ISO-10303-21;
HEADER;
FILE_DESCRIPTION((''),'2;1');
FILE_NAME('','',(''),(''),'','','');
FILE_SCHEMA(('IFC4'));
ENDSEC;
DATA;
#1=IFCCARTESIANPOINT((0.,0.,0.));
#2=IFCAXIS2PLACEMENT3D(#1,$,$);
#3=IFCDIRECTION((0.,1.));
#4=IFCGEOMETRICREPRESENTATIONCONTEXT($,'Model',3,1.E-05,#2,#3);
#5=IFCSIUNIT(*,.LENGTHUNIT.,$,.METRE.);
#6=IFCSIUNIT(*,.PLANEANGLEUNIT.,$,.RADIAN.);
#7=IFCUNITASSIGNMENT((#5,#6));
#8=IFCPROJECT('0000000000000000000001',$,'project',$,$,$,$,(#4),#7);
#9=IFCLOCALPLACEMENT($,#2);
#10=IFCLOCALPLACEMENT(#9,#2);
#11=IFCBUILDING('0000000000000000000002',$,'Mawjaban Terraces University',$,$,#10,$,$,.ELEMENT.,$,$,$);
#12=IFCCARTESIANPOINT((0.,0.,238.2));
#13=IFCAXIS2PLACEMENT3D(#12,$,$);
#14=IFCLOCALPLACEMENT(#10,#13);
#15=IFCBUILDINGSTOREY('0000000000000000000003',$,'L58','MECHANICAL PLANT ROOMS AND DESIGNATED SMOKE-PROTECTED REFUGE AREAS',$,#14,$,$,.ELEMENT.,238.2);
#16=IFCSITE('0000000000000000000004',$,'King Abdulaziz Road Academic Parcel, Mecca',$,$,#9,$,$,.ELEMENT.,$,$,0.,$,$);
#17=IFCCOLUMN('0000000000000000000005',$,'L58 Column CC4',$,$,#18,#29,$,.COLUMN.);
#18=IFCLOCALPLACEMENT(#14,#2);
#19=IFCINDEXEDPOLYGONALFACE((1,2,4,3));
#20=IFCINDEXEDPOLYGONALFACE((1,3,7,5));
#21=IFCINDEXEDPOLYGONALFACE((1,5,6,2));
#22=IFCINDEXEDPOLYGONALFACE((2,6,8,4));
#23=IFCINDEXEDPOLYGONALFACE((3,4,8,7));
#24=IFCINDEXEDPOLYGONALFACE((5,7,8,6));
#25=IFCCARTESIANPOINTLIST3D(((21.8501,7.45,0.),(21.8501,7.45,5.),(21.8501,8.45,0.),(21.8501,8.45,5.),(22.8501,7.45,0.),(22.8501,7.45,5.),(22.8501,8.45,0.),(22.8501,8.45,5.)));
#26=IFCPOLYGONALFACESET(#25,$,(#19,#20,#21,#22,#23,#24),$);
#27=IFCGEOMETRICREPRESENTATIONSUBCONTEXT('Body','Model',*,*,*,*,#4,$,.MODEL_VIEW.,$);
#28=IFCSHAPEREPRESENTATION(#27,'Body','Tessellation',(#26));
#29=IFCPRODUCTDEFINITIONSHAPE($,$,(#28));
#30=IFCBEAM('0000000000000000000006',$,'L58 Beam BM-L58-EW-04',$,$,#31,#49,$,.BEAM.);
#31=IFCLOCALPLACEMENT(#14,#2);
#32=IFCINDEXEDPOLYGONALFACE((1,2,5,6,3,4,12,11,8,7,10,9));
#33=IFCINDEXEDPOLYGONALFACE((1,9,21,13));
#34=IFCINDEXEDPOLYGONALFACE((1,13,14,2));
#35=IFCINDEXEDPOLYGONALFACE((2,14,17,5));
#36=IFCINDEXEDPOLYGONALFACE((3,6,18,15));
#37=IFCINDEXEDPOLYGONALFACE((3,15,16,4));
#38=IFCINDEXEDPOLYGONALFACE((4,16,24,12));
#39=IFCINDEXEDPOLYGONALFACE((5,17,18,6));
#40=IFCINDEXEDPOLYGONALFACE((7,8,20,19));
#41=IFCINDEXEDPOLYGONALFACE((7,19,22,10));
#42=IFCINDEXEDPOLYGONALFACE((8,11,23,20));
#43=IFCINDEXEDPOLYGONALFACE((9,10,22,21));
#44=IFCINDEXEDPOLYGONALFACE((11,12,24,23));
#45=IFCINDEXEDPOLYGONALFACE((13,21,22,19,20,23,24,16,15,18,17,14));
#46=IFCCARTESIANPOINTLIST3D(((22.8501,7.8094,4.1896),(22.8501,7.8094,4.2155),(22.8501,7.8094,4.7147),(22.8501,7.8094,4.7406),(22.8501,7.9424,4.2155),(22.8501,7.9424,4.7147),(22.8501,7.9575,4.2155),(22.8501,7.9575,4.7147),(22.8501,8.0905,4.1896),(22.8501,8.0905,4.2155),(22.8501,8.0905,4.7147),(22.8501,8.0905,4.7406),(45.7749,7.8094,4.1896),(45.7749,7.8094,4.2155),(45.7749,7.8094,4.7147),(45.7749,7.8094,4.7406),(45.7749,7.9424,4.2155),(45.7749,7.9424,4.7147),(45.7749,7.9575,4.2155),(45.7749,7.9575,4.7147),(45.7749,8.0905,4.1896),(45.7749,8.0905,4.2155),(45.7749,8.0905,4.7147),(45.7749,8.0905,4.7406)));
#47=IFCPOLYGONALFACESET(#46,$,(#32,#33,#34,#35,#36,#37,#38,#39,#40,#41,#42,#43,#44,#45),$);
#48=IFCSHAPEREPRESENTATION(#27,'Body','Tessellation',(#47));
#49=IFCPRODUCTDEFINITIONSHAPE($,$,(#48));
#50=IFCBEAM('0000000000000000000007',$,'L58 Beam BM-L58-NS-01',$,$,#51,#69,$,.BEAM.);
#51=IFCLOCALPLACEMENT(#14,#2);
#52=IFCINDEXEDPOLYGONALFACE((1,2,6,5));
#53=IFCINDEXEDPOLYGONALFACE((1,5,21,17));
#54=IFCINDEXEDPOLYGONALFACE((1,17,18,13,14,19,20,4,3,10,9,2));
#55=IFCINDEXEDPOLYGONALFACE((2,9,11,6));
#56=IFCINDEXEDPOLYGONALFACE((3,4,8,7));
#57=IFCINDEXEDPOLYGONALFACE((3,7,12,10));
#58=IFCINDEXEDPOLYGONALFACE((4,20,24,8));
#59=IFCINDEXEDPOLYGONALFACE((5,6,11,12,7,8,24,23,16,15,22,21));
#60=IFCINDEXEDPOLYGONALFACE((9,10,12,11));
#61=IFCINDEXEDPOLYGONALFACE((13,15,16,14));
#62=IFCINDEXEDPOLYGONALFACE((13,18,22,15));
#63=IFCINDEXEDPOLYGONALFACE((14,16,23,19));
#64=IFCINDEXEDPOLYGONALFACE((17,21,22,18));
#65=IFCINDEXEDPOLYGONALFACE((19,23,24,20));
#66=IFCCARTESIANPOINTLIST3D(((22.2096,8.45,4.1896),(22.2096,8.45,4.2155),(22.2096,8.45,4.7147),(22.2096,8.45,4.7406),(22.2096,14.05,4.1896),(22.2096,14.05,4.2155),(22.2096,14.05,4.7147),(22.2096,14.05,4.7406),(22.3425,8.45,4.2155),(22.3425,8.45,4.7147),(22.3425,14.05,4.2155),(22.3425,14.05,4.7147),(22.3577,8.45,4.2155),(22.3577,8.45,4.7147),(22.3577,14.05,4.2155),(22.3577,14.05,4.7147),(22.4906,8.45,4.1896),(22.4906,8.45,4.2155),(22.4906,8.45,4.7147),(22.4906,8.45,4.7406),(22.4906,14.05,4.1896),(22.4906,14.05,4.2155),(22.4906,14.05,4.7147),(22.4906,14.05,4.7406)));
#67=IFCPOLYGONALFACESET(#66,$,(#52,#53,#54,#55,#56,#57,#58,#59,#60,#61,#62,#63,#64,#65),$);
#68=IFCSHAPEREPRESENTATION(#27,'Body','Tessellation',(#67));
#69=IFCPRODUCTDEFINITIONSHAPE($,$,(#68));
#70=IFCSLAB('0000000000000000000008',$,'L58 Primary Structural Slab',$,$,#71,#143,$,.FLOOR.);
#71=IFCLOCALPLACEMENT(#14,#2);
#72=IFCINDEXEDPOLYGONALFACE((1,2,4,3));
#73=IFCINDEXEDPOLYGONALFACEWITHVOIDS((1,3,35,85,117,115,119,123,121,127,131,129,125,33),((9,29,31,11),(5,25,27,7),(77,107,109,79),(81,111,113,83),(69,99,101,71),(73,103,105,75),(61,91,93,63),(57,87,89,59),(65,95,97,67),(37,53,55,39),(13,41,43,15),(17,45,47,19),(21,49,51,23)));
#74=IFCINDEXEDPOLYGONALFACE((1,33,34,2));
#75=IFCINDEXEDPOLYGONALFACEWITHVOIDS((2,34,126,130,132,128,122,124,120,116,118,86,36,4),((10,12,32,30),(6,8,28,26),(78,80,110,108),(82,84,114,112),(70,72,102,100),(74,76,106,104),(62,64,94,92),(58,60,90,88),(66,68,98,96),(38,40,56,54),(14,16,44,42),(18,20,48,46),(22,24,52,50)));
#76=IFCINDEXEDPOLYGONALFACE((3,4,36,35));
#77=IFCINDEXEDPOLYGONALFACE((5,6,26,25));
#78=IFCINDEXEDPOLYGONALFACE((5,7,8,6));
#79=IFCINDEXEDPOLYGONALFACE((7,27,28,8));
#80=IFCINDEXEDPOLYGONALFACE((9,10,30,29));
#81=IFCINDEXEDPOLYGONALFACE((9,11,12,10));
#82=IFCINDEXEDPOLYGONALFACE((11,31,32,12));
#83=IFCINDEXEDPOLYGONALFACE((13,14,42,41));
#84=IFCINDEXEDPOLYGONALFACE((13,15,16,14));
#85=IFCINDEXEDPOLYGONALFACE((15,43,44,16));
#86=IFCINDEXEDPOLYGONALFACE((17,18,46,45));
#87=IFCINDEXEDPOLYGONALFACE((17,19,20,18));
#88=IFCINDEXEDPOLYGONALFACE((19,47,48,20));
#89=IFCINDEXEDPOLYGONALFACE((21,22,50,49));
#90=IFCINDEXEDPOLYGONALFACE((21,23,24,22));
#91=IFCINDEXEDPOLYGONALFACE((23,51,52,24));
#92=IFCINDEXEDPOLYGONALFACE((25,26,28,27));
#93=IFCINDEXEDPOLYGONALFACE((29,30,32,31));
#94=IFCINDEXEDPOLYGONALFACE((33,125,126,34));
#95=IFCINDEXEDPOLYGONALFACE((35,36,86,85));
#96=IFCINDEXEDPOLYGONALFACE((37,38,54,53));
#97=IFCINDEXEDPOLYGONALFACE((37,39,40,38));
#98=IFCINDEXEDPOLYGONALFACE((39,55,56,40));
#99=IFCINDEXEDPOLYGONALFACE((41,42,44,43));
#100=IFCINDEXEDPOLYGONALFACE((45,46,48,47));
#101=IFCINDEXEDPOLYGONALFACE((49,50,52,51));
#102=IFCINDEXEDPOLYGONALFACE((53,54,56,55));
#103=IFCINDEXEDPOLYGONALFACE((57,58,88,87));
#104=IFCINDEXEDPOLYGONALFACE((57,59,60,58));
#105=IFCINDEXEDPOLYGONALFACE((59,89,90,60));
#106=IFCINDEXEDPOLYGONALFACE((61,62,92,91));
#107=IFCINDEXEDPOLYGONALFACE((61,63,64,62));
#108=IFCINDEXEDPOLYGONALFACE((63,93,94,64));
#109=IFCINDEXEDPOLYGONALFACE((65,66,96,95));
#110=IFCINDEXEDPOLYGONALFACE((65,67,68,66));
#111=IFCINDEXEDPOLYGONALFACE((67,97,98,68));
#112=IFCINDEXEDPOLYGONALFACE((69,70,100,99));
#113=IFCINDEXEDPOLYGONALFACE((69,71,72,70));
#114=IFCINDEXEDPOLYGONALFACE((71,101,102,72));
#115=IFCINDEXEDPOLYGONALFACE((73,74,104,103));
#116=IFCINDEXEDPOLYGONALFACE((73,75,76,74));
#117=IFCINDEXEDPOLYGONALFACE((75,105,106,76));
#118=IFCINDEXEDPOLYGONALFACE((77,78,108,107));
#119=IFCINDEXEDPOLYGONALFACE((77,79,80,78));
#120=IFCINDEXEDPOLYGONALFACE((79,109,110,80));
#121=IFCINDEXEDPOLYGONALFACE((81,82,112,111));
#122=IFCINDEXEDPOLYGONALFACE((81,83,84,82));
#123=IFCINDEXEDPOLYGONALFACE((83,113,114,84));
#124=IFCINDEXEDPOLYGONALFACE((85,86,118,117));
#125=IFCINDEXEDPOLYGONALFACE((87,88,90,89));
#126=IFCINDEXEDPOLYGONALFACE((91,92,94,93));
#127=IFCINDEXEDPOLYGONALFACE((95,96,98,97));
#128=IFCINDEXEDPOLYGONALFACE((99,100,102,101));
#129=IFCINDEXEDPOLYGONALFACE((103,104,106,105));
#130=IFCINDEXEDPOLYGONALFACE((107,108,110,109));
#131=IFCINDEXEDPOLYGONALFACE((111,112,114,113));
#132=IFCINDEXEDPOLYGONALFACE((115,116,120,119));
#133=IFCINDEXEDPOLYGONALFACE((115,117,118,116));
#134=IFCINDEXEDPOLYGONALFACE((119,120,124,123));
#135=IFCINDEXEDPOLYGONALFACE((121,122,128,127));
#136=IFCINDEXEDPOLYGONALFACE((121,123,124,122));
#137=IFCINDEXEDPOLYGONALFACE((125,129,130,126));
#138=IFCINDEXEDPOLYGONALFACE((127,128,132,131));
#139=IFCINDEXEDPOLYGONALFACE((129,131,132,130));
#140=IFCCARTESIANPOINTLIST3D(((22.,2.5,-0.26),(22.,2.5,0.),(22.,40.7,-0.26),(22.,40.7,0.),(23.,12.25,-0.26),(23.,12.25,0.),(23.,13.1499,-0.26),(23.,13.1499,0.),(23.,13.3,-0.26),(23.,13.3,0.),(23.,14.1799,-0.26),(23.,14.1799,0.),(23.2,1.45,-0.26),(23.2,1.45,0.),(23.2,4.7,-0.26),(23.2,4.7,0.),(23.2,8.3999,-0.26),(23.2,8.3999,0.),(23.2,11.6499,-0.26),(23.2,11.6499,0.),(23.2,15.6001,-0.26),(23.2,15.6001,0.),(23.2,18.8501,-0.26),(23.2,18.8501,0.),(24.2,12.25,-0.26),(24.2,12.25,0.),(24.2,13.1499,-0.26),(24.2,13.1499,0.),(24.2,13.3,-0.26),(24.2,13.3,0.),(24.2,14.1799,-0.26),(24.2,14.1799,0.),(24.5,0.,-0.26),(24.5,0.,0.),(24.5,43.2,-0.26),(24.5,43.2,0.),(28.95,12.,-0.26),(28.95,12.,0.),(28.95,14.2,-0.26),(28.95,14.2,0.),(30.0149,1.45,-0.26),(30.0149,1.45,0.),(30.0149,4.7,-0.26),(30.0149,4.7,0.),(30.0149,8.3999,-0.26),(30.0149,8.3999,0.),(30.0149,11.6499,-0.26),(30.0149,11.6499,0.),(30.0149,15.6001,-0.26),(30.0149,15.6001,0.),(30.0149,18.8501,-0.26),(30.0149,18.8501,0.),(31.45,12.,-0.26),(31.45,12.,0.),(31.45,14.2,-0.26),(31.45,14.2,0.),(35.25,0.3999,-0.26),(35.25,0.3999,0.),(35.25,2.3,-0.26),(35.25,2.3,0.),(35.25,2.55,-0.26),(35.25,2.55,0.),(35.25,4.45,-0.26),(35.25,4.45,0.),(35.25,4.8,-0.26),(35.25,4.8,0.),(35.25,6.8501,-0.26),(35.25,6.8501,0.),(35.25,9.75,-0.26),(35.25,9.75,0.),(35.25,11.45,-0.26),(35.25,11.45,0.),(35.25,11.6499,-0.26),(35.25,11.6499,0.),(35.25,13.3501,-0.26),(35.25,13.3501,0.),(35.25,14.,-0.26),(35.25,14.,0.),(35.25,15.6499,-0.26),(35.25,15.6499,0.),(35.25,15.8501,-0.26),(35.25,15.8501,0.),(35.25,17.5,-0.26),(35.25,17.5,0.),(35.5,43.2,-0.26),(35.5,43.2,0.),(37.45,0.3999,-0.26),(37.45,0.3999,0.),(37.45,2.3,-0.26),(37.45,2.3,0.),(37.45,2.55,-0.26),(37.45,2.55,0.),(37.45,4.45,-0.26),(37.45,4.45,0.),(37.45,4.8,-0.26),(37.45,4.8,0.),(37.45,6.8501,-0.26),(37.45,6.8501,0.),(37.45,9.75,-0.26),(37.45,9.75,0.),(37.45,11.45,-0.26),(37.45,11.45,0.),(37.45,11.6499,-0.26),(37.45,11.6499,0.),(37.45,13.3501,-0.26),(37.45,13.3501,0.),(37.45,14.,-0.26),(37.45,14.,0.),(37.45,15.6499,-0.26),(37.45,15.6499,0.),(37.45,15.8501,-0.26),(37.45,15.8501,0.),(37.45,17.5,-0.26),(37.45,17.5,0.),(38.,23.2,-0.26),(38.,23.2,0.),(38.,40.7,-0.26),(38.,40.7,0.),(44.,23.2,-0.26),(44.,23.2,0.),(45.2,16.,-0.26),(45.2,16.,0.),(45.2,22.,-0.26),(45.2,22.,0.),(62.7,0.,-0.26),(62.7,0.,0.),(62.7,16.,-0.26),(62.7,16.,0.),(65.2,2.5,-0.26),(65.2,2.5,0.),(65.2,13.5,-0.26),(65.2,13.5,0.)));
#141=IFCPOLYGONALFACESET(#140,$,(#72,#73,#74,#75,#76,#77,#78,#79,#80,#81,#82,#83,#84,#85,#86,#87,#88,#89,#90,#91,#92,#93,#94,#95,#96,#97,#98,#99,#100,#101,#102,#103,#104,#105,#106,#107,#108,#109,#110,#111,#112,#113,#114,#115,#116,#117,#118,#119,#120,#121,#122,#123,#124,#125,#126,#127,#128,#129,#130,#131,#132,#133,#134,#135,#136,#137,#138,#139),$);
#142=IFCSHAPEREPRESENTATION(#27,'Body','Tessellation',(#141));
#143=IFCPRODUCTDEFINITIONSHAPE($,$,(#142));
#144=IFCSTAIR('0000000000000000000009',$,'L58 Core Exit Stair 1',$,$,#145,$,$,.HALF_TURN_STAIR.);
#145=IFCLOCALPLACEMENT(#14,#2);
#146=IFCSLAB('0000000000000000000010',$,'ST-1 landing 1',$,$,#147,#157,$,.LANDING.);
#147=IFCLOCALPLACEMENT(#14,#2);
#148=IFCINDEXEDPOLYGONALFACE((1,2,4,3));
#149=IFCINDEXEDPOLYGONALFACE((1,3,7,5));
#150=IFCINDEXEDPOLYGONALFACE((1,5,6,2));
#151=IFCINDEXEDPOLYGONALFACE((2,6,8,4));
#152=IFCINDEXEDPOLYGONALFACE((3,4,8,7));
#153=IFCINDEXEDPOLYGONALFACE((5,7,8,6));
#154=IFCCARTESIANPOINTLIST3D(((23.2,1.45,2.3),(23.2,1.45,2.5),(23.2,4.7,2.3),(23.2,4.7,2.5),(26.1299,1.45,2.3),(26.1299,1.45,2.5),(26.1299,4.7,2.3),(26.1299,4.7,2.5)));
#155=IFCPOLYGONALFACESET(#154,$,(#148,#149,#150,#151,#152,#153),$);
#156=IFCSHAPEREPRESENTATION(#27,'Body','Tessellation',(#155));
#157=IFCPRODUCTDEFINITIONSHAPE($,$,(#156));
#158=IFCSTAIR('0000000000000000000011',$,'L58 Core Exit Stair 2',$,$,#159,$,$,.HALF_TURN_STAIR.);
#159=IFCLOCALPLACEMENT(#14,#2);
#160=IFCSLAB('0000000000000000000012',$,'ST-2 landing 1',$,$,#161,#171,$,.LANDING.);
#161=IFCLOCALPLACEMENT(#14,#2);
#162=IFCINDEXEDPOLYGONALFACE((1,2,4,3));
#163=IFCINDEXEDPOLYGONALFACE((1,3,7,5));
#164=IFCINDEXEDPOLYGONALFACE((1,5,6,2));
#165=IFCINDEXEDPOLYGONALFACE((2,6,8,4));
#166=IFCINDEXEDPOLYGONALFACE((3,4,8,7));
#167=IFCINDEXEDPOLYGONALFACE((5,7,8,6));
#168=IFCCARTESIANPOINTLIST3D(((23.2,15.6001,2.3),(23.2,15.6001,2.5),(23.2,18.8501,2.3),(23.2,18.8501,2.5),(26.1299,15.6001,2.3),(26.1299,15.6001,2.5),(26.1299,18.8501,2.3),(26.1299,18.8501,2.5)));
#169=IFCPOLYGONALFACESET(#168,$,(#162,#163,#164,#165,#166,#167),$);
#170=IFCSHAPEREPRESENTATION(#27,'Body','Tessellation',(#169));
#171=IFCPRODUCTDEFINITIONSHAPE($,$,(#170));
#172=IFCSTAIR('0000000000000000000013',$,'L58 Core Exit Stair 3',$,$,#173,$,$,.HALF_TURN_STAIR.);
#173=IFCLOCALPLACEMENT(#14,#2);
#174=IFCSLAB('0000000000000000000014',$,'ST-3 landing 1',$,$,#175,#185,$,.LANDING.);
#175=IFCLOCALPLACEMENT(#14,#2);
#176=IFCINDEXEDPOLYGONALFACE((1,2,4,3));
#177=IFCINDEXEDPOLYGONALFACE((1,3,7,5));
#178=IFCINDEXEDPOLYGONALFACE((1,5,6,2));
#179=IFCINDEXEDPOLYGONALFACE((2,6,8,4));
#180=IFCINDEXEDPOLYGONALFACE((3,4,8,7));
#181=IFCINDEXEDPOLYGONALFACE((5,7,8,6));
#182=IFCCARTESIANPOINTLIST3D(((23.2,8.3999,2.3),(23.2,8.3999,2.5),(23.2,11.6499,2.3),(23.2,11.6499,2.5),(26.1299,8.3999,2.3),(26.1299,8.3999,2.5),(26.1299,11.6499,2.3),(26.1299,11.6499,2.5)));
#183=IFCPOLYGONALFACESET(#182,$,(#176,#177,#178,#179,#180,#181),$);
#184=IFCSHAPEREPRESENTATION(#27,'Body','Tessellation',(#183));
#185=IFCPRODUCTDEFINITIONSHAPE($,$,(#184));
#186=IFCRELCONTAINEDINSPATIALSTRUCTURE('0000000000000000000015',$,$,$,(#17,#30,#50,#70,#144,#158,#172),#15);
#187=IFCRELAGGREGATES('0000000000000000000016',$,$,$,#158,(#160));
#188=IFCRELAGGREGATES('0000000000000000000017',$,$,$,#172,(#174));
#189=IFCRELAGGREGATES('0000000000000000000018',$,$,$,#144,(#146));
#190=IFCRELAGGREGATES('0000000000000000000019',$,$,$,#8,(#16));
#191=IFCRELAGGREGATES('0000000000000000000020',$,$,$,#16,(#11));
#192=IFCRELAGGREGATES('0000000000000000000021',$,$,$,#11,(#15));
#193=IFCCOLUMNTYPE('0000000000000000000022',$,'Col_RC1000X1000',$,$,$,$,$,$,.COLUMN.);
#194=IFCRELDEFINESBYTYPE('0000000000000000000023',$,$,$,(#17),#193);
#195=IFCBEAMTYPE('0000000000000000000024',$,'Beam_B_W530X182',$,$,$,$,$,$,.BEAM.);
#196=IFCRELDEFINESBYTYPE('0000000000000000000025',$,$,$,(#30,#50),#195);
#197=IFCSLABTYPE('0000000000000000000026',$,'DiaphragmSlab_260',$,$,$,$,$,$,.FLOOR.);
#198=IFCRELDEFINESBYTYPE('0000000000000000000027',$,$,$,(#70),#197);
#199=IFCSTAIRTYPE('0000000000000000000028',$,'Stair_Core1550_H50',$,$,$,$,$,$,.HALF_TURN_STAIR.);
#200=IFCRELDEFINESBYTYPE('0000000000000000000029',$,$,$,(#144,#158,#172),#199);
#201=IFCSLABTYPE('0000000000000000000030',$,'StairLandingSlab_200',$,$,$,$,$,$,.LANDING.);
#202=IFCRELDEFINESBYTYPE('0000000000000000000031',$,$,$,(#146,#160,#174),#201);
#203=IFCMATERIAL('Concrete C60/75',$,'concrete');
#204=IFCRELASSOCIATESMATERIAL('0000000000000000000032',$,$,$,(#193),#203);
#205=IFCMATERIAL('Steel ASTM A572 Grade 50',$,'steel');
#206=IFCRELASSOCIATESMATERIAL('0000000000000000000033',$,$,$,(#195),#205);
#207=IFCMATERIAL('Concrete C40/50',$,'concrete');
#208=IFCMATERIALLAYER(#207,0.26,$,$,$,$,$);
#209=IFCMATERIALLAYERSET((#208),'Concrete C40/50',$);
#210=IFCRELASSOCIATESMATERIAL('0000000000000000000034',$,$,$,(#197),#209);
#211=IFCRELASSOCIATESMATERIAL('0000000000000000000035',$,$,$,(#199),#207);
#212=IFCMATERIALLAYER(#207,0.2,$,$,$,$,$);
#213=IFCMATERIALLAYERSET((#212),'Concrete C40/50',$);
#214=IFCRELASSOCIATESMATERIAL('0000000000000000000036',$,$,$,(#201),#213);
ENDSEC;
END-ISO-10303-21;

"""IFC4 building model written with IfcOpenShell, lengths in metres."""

from ifc_helpers import new_model, si_unit, direction, frame, origin, origin_2d, place, context, subcontext, project, spatial, polyline, rectangle, i_section, outline, extrude, material, layer, layer_set, material_profile, profile_set, type_object, element, aggregate, save


model = new_model("IFC4")

# Units and contexts
model_context = context("Model", 3, precision=1e-05, world=origin(), true_north=direction((0.0, 1.0)))
body_context = subcontext(model_context, "Body", "Model", "MODEL_VIEW")
ifc_project = project(units=[si_unit("LENGTHUNIT", "METRE"), si_unit("PLANEANGLEUNIT", "RADIAN")], contexts=[model_context])

# Site, building, storey
site_placement = place(None, origin())
site = spatial("IfcSite", under=ifc_project, at=site_placement, Name="King Abdulaziz Road Academic Parcel, Mecca", CompositionType="ELEMENT", RefElevation=0.0)
building_placement = place(site_placement, origin())
building = spatial("IfcBuilding", under=site, at=building_placement, Name="Mawjaban Terraces University", CompositionType="ELEMENT")
storey_placement = place(building_placement, frame((0.0, 0.0, 238.2)))
storey = spatial("IfcBuildingStorey", under=building, at=storey_placement, Name="L58", Description="MECHANICAL PLANT ROOMS AND DESIGNATED SMOKE-PROTECTED REFUGE AREAS", CompositionType="ELEMENT", Elevation=238.2)

# Column
ifc_material_1 = material(Name="Concrete C60/75", Category="concrete")
ifc_material_profile_1 = material_profile(ifc_material_1, rectangle(XDim=1.0, YDim=1.0, at=origin_2d()), Name="RC1000X1000")
ifc_profile_set_1 = profile_set([ifc_material_profile_1], Name="Concrete C60/75")
column_type = type_object("IfcColumnType", Name="Col_RC1000X1000", PredefinedType="COLUMN", material=ifc_profile_set_1)
column_placement = place(storey_placement, frame((22.3501, 7.95, 0.0), z_axis=(0.0, 0.0, 1.0), x_axis=(1.0, 0.0, 0.0)))
element("IfcColumn", 1, at=column_placement, inside=storey, type_object=column_type, Name="L58 Column CC4", PredefinedType="COLUMN", context=body_context, shape_type="SweptSolid", body=[
    extrude(rectangle(XDim=1.0, YDim=1.0, at=origin_2d()), origin(), (0.0, 0.0, 1.0), 5.0),
])

# Beams
ifc_material_2 = material(Name="Steel ASTM A572 Grade 50", Category="steel")
ifc_material_profile_2 = material_profile(ifc_material_2, i_section(OverallWidth=0.281, OverallDepth=0.551, WebThickness=0.0151, FlangeThickness=0.0259, at=origin_2d()), Name="W530X182")
ifc_profile_set_2 = profile_set([ifc_material_profile_2], Name="Steel ASTM A572 Grade 50")
beam_type = type_object("IfcBeamType", Name="Beam_B_W530X182", PredefinedType="BEAM", material=ifc_profile_set_2)
beam_1_placement = place(storey_placement, frame((22.8501, 7.95, 4.4651), z_axis=(1.0, 0.0, 0.0), x_axis=(0.0, 1.0, 0.0)))
element("IfcBeam", 2, at=beam_1_placement, inside=storey, type_object=beam_type, Name="L58 Beam BM-L58-EW-04", PredefinedType="BEAM", context=body_context, shape_type="SweptSolid", body=[
    extrude(i_section(OverallWidth=0.281, OverallDepth=0.551, WebThickness=0.0151, FlangeThickness=0.0259, at=origin_2d()), origin(), (0.0, 0.0, 1.0), 22.9248),
])
beam_2_placement = place(storey_placement, frame((22.3501, 8.45, 4.4651), z_axis=(0.0, 1.0, 0.0), x_axis=(-1.0, 0.0, 0.0)))
element("IfcBeam", 3, at=beam_2_placement, inside=storey, type_object=beam_type, Name="L58 Beam BM-L58-NS-01", PredefinedType="BEAM", context=body_context, shape_type="SweptSolid", body=[
    extrude(i_section(OverallWidth=0.281, OverallDepth=0.551, WebThickness=0.0151, FlangeThickness=0.0259, at=origin_2d()), origin(), (0.0, 0.0, 1.0), 5.6001),
])

# Slab
ifc_material_3 = material(Name="Concrete C40/50", Category="concrete")
ifc_layer_1 = layer(ifc_material_3, 0.26)
ifc_layer_set_1 = layer_set([ifc_layer_1], Name="Concrete C40/50")
slab_type_1 = type_object("IfcSlabType", Name="DiaphragmSlab_260", PredefinedType="FLOOR", material=ifc_layer_set_1)
slab_1_placement = place(storey_placement, frame((0.0, 0.0, -0.26)))
element("IfcSlab", 4, at=slab_1_placement, inside=storey, type_object=slab_type_1, Name="L58 Primary Structural Slab", PredefinedType="FLOOR", context=body_context, shape_type="SweptSolid", body=[
    extrude(outline(polyline([(24.5, 0.0), (62.7, 0.0), (65.2, 2.5), (65.2, 13.5), (62.7, 16.0), (45.2, 16.0), (45.2, 22.0), (44.0, 23.2), (38.0, 23.2), (38.0, 40.7), (35.5, 43.2), (24.5, 43.2), (22.0, 40.7), (22.0, 2.5), (24.5, 0.0)]), holes=[polyline([(30.0149, 4.7), (23.2, 4.7), (23.2, 1.45), (30.0149, 1.45), (30.0149, 4.7)]), polyline([(30.0149, 18.8501), (23.2, 18.8501), (23.2, 15.6001), (30.0149, 15.6001), (30.0149, 18.8501)]), polyline([(30.0149, 11.6499), (23.2, 11.6499), (23.2, 8.3999), (30.0149, 8.3999), (30.0149, 11.6499)]), polyline([(35.25, 0.3999), (37.45, 0.3999), (37.45, 2.3), (35.25, 2.3), (35.25, 0.3999)]), polyline([(35.25, 2.55), (37.45, 2.55), (37.45, 4.45), (35.25, 4.45), (35.25, 2.55)]), polyline([(35.25, 4.8), (37.45, 4.8), (37.45, 6.8501), (35.25, 6.8501), (35.25, 4.8)]), polyline([(35.25, 9.75), (37.45, 9.75), (37.45, 11.45), (35.25, 11.45), (35.25, 9.75)]), polyline([(35.25, 11.6499), (37.45, 11.6499), (37.45, 13.3501), (35.25, 13.3501), (35.25, 11.6499)]), polyline([(28.95, 12.0), (31.45, 12.0), (31.45, 14.2), (28.95, 14.2), (28.95, 12.0)]), polyline([(35.25, 14.0), (37.45, 14.0), (37.45, 15.6499), (35.25, 15.6499), (35.25, 14.0)]), polyline([(35.25, 15.8501), (37.45, 15.8501), (37.45, 17.5), (35.25, 17.5), (35.25, 15.8501)]), polyline([(23.0, 12.25), (24.2, 12.25), (24.2, 13.1499), (23.0, 13.1499), (23.0, 12.25)]), polyline([(23.0, 13.3), (24.2, 13.3), (24.2, 14.1799), (23.0, 14.1799), (23.0, 13.3)])]), origin(), (0.0, 0.0, 1.0), 0.26),
])

# Stairs, slabs
stair_type = type_object("IfcStairType", Name="Stair_Core1550_H50", PredefinedType="HALF_TURN_STAIR", material=ifc_material_3)
stair_1_placement = place(storey_placement, origin())
stair_1 = element("IfcStair", 5, at=stair_1_placement, inside=storey, type_object=stair_type, Name="L58 Core Exit Stair 1", PredefinedType="HALF_TURN_STAIR")
ifc_layer_2 = layer(ifc_material_3, 0.2)
ifc_layer_set_2 = layer_set([ifc_layer_2], Name="Concrete C40/50")
slab_type_2 = type_object("IfcSlabType", Name="StairLandingSlab_200", PredefinedType="LANDING", material=ifc_layer_set_2)
slab_2_placement = place(storey_placement, frame((0.0, 0.0, 2.3)))
slab_2 = element("IfcSlab", 6, at=slab_2_placement, type_object=slab_type_2, Name="ST-1 landing 1", PredefinedType="LANDING", context=body_context, shape_type="SweptSolid", body=[
    extrude(outline(polyline([(26.1299, 4.7), (23.2, 4.7), (23.2, 1.45), (26.1299, 1.45), (26.1299, 4.7)])), origin(), (0.0, 0.0, 1.0), 0.2),
])
stair_2_placement = place(storey_placement, origin())
stair_2 = element("IfcStair", 7, at=stair_2_placement, inside=storey, type_object=stair_type, Name="L58 Core Exit Stair 2", PredefinedType="HALF_TURN_STAIR")
slab_3_placement = place(storey_placement, frame((0.0, 0.0, 2.3)))
slab_3 = element("IfcSlab", 8, at=slab_3_placement, type_object=slab_type_2, Name="ST-2 landing 1", PredefinedType="LANDING", context=body_context, shape_type="SweptSolid", body=[
    extrude(outline(polyline([(26.1299, 18.8501), (23.2, 18.8501), (23.2, 15.6001), (26.1299, 15.6001), (26.1299, 18.8501)])), origin(), (0.0, 0.0, 1.0), 0.2),
])
aggregate(stair_2, [slab_3])
stair_3_placement = place(storey_placement, origin())
stair_3 = element("IfcStair", 9, at=stair_3_placement, inside=storey, type_object=stair_type, Name="L58 Core Exit Stair 3", PredefinedType="HALF_TURN_STAIR")
slab_4_placement = place(storey_placement, frame((0.0, 0.0, 2.3)))
slab_4 = element("IfcSlab", 10, at=slab_4_placement, type_object=slab_type_2, Name="ST-3 landing 1", PredefinedType="LANDING", context=body_context, shape_type="SweptSolid", body=[
    extrude(outline(polyline([(26.1299, 11.6499), (23.2, 11.6499), (23.2, 8.3999), (26.1299, 8.3999), (26.1299, 11.6499)])), origin(), (0.0, 0.0, 1.0), 0.2),
])
aggregate(stair_3, [slab_4])

aggregate(stair_1, [slab_2])

save(model, "model.ifc")
